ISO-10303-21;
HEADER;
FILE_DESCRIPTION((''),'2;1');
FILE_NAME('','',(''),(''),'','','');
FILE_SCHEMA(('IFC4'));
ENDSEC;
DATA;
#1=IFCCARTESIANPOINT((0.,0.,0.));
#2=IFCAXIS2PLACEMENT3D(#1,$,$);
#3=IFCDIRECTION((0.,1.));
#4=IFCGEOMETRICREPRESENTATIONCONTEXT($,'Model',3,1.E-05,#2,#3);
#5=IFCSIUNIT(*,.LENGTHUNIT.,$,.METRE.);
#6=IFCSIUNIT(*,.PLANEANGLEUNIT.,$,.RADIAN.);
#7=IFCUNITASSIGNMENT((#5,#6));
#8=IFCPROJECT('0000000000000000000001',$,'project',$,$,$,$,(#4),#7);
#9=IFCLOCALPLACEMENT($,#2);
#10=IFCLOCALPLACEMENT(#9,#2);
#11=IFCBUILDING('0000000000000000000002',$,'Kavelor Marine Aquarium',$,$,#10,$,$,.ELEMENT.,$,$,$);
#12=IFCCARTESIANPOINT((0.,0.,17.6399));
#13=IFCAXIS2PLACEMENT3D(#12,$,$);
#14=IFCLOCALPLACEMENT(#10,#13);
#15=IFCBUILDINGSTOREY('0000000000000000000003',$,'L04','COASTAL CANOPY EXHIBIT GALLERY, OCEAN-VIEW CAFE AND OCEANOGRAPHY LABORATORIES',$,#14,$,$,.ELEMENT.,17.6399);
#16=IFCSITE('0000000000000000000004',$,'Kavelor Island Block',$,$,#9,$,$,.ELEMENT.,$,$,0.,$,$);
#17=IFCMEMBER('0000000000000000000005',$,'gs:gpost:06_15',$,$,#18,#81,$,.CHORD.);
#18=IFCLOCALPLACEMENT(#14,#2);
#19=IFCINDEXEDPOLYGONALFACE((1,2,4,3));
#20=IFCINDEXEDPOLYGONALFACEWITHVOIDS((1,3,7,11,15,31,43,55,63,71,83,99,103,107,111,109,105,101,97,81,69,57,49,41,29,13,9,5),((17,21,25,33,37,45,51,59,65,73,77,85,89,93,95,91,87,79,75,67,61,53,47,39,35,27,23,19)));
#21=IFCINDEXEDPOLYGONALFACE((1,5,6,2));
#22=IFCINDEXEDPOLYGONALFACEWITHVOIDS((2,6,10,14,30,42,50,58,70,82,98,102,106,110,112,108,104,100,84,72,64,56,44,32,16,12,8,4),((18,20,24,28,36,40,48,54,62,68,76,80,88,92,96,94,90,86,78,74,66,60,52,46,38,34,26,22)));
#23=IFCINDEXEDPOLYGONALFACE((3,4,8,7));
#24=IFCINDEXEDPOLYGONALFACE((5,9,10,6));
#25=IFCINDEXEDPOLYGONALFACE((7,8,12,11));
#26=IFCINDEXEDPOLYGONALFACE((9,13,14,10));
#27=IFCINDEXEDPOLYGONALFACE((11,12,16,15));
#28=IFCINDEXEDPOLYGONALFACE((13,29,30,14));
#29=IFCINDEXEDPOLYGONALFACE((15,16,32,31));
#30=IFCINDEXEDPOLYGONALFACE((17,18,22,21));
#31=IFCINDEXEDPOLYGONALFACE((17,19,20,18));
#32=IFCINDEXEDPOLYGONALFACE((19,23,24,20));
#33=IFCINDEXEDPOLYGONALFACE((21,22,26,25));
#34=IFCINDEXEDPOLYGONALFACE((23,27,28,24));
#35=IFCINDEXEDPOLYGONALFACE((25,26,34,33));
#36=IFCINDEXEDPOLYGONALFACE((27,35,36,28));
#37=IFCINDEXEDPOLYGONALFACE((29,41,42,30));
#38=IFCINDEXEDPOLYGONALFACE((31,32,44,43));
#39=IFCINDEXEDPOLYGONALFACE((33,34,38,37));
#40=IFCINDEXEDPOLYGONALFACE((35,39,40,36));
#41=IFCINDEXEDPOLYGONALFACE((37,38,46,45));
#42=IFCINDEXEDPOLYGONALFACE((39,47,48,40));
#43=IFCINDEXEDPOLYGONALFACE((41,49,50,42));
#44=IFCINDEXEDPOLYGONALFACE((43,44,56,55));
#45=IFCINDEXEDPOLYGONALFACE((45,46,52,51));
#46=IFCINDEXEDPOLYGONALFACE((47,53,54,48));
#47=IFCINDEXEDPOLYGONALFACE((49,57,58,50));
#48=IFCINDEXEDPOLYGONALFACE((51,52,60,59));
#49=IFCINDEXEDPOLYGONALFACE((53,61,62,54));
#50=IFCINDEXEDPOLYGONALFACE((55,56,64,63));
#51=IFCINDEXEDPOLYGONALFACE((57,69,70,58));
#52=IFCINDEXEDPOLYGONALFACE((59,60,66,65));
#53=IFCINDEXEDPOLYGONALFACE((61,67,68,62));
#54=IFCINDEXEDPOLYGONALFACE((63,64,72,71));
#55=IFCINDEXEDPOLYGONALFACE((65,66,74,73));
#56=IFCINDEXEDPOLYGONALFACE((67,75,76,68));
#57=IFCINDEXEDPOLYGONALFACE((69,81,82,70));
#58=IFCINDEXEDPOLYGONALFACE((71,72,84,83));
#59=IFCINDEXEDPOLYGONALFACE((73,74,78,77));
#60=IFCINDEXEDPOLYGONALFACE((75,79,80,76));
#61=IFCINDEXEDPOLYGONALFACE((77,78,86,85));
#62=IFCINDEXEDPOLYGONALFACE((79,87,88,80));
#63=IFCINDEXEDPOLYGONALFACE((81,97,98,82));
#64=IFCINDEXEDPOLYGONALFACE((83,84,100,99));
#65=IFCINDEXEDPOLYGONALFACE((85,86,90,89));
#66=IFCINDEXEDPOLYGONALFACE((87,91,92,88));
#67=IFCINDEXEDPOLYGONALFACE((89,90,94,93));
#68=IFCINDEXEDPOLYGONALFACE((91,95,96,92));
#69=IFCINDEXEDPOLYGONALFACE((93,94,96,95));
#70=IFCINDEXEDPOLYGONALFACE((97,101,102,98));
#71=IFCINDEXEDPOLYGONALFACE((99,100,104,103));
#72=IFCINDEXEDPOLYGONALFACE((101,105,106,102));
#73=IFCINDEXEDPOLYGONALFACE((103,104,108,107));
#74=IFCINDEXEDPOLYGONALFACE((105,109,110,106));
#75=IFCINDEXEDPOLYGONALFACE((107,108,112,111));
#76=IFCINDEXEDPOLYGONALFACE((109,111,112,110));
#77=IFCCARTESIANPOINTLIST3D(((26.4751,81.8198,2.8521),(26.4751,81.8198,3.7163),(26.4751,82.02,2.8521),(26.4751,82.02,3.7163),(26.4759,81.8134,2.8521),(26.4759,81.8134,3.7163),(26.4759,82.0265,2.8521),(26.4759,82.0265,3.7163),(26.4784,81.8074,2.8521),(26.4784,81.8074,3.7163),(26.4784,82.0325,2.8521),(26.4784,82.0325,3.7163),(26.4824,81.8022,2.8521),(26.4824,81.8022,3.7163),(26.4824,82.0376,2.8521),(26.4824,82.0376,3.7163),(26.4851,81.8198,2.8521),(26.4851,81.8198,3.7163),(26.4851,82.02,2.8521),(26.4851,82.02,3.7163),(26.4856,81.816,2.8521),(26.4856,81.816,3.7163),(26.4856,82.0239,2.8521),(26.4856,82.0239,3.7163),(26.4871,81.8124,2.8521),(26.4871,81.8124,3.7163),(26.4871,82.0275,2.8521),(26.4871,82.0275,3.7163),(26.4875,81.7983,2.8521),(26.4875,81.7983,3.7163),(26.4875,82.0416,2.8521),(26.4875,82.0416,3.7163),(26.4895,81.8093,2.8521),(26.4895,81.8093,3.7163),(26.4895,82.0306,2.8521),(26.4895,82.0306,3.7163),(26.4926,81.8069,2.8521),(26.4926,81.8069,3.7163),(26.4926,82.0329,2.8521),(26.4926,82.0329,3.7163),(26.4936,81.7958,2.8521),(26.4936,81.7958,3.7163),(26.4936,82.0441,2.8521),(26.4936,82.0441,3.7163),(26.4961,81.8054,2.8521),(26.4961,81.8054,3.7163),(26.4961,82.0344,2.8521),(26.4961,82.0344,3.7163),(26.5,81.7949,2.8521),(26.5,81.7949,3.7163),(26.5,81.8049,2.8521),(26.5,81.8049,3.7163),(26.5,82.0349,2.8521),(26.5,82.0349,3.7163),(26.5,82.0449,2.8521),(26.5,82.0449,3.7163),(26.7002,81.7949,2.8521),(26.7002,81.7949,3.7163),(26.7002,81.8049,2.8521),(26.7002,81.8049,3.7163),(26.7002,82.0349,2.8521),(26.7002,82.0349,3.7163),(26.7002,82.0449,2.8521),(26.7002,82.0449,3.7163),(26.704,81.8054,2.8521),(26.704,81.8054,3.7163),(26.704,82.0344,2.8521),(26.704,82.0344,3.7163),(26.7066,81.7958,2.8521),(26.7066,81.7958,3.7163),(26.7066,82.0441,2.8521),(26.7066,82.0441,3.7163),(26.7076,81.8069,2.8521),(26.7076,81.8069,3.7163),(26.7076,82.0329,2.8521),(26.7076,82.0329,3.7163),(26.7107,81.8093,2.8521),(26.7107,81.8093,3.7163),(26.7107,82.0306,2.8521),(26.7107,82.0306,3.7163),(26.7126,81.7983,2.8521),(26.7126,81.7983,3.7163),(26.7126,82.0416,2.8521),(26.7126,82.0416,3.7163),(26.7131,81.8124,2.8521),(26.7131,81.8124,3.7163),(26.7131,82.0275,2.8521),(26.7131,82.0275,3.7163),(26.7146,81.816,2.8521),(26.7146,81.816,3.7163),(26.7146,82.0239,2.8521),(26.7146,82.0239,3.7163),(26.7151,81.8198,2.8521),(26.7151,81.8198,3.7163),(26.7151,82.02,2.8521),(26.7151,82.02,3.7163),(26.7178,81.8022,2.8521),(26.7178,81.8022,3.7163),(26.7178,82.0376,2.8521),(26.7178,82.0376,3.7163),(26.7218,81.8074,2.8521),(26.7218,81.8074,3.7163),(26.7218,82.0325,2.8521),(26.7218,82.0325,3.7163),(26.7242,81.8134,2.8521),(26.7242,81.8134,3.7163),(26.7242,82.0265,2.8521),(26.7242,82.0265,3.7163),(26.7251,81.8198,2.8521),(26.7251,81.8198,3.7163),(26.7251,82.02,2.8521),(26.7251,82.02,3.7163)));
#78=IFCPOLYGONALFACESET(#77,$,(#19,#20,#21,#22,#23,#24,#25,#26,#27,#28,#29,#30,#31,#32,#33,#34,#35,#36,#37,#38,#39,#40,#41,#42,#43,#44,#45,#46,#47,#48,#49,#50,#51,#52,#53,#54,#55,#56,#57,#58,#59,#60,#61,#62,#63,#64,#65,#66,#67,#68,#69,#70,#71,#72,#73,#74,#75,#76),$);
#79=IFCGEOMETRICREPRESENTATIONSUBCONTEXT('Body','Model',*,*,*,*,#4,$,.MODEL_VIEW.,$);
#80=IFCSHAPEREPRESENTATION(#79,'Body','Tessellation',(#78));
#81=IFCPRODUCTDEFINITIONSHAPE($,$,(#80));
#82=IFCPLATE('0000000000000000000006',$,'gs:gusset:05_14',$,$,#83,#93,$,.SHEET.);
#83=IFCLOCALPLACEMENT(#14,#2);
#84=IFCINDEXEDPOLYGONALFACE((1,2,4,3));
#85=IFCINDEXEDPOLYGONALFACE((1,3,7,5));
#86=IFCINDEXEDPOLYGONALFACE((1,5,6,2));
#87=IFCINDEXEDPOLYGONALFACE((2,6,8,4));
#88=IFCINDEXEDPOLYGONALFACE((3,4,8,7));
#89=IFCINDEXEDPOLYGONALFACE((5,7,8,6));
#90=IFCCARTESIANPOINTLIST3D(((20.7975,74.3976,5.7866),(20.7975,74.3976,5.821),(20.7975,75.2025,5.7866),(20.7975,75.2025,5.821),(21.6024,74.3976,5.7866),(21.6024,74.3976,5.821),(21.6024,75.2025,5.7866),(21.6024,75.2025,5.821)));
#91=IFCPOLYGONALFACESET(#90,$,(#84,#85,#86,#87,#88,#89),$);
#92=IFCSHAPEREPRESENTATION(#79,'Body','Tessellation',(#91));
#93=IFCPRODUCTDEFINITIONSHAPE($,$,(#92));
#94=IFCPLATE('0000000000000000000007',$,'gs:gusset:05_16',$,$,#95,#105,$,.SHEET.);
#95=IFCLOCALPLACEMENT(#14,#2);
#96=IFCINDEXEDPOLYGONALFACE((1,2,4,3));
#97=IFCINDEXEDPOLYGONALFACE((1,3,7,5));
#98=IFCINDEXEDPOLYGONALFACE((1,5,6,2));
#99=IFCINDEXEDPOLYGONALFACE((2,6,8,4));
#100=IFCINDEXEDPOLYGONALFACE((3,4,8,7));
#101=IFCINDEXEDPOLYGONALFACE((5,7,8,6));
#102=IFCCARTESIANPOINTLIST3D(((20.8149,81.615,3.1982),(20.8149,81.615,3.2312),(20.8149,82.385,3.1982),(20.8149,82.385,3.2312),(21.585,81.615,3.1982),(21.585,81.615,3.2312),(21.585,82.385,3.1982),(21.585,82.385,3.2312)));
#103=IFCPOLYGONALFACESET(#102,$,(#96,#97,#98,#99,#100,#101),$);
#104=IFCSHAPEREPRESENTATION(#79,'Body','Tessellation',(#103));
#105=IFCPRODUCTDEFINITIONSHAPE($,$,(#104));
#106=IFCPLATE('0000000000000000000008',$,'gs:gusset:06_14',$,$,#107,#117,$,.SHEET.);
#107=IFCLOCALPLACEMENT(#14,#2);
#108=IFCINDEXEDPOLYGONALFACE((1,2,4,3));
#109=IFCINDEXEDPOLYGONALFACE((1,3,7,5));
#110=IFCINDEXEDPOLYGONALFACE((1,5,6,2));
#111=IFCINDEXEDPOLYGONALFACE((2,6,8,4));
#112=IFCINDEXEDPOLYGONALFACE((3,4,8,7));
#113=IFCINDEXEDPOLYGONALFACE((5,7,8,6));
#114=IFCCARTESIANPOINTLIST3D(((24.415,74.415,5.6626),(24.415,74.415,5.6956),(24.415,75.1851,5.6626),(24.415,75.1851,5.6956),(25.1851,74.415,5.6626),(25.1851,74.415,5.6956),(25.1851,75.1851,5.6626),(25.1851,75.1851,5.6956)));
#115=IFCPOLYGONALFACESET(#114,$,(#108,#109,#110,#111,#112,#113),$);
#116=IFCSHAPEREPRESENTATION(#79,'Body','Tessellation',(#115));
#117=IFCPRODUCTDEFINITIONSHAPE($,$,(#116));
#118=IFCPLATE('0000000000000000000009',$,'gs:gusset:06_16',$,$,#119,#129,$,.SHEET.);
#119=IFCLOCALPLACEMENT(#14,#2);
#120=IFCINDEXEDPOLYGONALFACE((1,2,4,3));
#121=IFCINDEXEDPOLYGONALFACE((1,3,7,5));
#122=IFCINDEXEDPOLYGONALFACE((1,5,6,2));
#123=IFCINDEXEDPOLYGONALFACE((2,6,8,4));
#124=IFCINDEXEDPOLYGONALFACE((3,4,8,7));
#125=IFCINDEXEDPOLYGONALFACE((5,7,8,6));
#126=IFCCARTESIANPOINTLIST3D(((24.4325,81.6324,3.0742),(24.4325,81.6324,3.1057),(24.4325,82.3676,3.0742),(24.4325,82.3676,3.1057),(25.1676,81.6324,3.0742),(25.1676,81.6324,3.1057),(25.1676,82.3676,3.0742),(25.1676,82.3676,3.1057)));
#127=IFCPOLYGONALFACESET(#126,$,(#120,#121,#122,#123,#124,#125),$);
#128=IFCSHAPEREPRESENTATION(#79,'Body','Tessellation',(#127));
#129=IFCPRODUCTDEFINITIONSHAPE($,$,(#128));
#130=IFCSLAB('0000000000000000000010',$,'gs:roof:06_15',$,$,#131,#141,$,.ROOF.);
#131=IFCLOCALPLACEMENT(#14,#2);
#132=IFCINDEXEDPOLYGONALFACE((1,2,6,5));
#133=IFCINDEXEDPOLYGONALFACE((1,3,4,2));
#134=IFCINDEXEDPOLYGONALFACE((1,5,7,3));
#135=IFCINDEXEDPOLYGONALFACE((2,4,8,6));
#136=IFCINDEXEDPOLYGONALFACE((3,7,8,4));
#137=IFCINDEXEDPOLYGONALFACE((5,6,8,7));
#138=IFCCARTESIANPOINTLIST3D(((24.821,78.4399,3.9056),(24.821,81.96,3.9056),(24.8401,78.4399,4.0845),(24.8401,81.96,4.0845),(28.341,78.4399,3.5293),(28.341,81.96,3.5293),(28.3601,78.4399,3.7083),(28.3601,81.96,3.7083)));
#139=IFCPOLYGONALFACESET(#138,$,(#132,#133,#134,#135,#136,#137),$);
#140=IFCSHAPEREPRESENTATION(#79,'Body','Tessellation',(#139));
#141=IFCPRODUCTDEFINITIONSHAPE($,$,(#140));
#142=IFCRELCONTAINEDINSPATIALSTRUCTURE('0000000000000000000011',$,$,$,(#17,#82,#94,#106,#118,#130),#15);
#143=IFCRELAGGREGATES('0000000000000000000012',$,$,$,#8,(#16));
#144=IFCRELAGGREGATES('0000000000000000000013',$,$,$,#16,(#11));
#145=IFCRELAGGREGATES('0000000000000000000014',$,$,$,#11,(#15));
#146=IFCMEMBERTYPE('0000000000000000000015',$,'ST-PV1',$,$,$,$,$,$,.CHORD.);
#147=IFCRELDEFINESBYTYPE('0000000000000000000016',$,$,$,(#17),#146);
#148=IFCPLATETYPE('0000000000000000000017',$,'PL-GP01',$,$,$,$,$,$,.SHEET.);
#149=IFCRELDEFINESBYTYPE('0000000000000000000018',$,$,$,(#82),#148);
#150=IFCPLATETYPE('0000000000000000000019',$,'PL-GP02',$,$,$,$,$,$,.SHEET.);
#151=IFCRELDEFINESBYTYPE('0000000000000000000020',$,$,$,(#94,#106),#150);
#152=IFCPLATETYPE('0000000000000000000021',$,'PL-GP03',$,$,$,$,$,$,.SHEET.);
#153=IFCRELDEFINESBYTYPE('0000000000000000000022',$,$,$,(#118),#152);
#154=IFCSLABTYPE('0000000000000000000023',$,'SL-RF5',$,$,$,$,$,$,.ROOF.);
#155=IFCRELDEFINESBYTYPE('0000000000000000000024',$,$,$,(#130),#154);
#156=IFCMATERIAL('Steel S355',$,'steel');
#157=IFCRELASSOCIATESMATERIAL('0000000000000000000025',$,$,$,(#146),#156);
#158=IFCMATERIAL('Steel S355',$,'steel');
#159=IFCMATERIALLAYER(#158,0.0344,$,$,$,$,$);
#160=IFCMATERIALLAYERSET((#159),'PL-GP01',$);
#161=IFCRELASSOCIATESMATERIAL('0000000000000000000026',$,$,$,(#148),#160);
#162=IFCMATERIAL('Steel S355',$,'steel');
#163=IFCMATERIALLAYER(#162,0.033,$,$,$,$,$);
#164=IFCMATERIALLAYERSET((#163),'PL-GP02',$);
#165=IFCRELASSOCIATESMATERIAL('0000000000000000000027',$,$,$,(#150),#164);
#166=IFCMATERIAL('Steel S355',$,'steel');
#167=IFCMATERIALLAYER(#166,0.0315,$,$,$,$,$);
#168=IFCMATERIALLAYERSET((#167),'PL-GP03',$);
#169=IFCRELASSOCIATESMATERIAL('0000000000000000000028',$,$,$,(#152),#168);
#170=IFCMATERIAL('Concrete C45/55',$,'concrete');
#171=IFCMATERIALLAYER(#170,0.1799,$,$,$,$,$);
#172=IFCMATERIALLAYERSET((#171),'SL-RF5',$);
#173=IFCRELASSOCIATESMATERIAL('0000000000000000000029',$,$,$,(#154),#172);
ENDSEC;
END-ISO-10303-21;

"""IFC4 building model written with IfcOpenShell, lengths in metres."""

from ifc_helpers import new_model, si_unit, direction, frame, origin, origin_2d, place, context, subcontext, project, spatial, polyline, rectangle, hollow_rectangle, outline, extrude, material, layer, layer_set, material_profile, profile_set, type_object, element, save


model = new_model("IFC4")

# Units and contexts
model_context = context("Model", 3, precision=1e-05, world=origin(), true_north=direction((0.0, 1.0)))
body_context = subcontext(model_context, "Body", "Model", "MODEL_VIEW")
ifc_project = project(units=[si_unit("LENGTHUNIT", "METRE"), si_unit("PLANEANGLEUNIT", "RADIAN")], contexts=[model_context])

# Site, building, storey
site_placement = place(None, origin())
site = spatial("IfcSite", under=ifc_project, at=site_placement, Name="Kavelor Island Block", CompositionType="ELEMENT", RefElevation=0.0)
building_placement = place(site_placement, origin())
building = spatial("IfcBuilding", under=site, at=building_placement, Name="Kavelor Marine Aquarium", CompositionType="ELEMENT")
storey_placement = place(building_placement, frame((0.0, 0.0, 17.6399)))
storey = spatial("IfcBuildingStorey", under=building, at=storey_placement, Name="L04", Description="COASTAL CANOPY EXHIBIT GALLERY, OCEAN-VIEW CAFE AND OCEANOGRAPHY LABORATORIES", CompositionType="ELEMENT", Elevation=17.6399)

# Member
ifc_material_1 = material(Name="Steel S355", Category="steel")
ifc_material_profile_1 = material_profile(ifc_material_1, hollow_rectangle(XDim=0.25, YDim=0.25, WallThickness=0.01, InnerFilletRadius=0.0149, OuterFilletRadius=0.0249, at=origin_2d()), Name="SHS 250x250x10.0")
ifc_profile_set_1 = profile_set([ifc_material_profile_1], Name="Steel S355")
member_type_1 = type_object("IfcMemberType", Name="ST-PV1", PredefinedType="CHORD", material=ifc_profile_set_1)
for number, where, z_axis, x_axis, name in (
    (1, (26.6001, 81.9199, 2.8521), (0.0, 0.0, 1.0), (1.0, 0.0, 0.0), "gs:gpost:06_15"),
):
    element("IfcMember", number, at=place(storey_placement, frame(where, z_axis=z_axis, x_axis=x_axis)), inside=storey, type_object=member_type_1, Name=name, PredefinedType="CHORD", context=body_context, shape_type="SweptSolid", body=[
        extrude(hollow_rectangle(XDim=0.25, YDim=0.25, WallThickness=0.01, InnerFilletRadius=0.0149, OuterFilletRadius=0.0249, at=origin_2d()), origin(), (0.0, 0.0, 1.0), 0.8643),
    ])

# Plates
ifc_material_2 = material(Name="Steel S355", Category="steel")
ifc_layer_1 = layer(ifc_material_2, 0.0344)
ifc_layer_set_1 = layer_set([ifc_layer_1], Name="PL-GP01")
plate_type_1 = type_object("IfcPlateType", Name="PL-GP01", PredefinedType="SHEET", material=ifc_layer_set_1)
plate_1_placement = place(storey_placement, frame((21.2, 74.8, 5.7866), z_axis=(0.0, 0.0, 1.0), x_axis=(1.0, 0.0, 0.0)))
element("IfcPlate", 2, at=plate_1_placement, inside=storey, type_object=plate_type_1, Name="gs:gusset:05_14", PredefinedType="SHEET", context=body_context, shape_type="SweptSolid", body=[
    extrude(rectangle(XDim=0.8049, YDim=0.8049, at=origin_2d()), origin(), (0.0, 0.0, 1.0), 0.0344),
])
ifc_material_3 = material(Name="Steel S355", Category="steel")
ifc_layer_2 = layer(ifc_material_3, 0.033)
ifc_layer_set_2 = layer_set([ifc_layer_2], Name="PL-GP02")
plate_type_2 = type_object("IfcPlateType", Name="PL-GP02", PredefinedType="SHEET", material=ifc_layer_set_2)
for number, where, z_axis, x_axis, name in (
    (3, (21.2, 82.0, 3.1982), (0.0, 0.0, 1.0), (1.0, 0.0, 0.0), "gs:gusset:05_16"),
    (4, (24.8, 74.8, 5.6626), (0.0, 0.0, 1.0), (1.0, 0.0, 0.0), "gs:gusset:06_14"),
):
    element("IfcPlate", number, at=place(storey_placement, frame(where, z_axis=z_axis, x_axis=x_axis)), inside=storey, type_object=plate_type_2, Name=name, PredefinedType="SHEET", context=body_context, shape_type="SweptSolid", body=[
        extrude(rectangle(XDim=0.77, YDim=0.77, at=origin_2d()), origin(), (0.0, 0.0, 1.0), 0.033),
    ])
ifc_material_4 = material(Name="Steel S355", Category="steel")
ifc_layer_3 = layer(ifc_material_4, 0.0315)
ifc_layer_set_3 = layer_set([ifc_layer_3], Name="PL-GP03")
plate_type_3 = type_object("IfcPlateType", Name="PL-GP03", PredefinedType="SHEET", material=ifc_layer_set_3)
plate_2_placement = place(storey_placement, frame((24.8, 82.0, 3.0742), z_axis=(0.0, 0.0, 1.0), x_axis=(1.0, 0.0, 0.0)))
element("IfcPlate", 5, at=plate_2_placement, inside=storey, type_object=plate_type_3, Name="gs:gusset:06_16", PredefinedType="SHEET", context=body_context, shape_type="SweptSolid", body=[
    extrude(rectangle(XDim=0.7351, YDim=0.7351, at=origin_2d()), origin(), (0.0, 0.0, 1.0), 0.0315),
])

# Slab
ifc_material_5 = material(Name="Concrete C45/55", Category="concrete")
ifc_layer_4 = layer(ifc_material_5, 0.1799)
ifc_layer_set_4 = layer_set([ifc_layer_4], Name="SL-RF5")
slab_type = type_object("IfcSlabType", Name="SL-RF5", PredefinedType="ROOF", material=ifc_layer_set_4)
slab_placement = place(storey_placement, frame((24.8401, 78.4399, 4.0845), z_axis=(0.106275, 0.0, 0.994337), x_axis=(0.994337, 0.0, -0.106275)))
element("IfcSlab", 6, at=slab_placement, inside=storey, type_object=slab_type, Name="gs:roof:06_15", PredefinedType="ROOF", context=body_context, shape_type="SweptSolid", body=[
    extrude(outline(polyline([(0.0, 0.0), (3.5401, 0.0), (3.5401, 3.52), (0.0, 3.52), (0.0, 0.0)])), origin(), (0.0, 0.0, -1.0), 0.1799),
])

save(model, "model.ifc")
